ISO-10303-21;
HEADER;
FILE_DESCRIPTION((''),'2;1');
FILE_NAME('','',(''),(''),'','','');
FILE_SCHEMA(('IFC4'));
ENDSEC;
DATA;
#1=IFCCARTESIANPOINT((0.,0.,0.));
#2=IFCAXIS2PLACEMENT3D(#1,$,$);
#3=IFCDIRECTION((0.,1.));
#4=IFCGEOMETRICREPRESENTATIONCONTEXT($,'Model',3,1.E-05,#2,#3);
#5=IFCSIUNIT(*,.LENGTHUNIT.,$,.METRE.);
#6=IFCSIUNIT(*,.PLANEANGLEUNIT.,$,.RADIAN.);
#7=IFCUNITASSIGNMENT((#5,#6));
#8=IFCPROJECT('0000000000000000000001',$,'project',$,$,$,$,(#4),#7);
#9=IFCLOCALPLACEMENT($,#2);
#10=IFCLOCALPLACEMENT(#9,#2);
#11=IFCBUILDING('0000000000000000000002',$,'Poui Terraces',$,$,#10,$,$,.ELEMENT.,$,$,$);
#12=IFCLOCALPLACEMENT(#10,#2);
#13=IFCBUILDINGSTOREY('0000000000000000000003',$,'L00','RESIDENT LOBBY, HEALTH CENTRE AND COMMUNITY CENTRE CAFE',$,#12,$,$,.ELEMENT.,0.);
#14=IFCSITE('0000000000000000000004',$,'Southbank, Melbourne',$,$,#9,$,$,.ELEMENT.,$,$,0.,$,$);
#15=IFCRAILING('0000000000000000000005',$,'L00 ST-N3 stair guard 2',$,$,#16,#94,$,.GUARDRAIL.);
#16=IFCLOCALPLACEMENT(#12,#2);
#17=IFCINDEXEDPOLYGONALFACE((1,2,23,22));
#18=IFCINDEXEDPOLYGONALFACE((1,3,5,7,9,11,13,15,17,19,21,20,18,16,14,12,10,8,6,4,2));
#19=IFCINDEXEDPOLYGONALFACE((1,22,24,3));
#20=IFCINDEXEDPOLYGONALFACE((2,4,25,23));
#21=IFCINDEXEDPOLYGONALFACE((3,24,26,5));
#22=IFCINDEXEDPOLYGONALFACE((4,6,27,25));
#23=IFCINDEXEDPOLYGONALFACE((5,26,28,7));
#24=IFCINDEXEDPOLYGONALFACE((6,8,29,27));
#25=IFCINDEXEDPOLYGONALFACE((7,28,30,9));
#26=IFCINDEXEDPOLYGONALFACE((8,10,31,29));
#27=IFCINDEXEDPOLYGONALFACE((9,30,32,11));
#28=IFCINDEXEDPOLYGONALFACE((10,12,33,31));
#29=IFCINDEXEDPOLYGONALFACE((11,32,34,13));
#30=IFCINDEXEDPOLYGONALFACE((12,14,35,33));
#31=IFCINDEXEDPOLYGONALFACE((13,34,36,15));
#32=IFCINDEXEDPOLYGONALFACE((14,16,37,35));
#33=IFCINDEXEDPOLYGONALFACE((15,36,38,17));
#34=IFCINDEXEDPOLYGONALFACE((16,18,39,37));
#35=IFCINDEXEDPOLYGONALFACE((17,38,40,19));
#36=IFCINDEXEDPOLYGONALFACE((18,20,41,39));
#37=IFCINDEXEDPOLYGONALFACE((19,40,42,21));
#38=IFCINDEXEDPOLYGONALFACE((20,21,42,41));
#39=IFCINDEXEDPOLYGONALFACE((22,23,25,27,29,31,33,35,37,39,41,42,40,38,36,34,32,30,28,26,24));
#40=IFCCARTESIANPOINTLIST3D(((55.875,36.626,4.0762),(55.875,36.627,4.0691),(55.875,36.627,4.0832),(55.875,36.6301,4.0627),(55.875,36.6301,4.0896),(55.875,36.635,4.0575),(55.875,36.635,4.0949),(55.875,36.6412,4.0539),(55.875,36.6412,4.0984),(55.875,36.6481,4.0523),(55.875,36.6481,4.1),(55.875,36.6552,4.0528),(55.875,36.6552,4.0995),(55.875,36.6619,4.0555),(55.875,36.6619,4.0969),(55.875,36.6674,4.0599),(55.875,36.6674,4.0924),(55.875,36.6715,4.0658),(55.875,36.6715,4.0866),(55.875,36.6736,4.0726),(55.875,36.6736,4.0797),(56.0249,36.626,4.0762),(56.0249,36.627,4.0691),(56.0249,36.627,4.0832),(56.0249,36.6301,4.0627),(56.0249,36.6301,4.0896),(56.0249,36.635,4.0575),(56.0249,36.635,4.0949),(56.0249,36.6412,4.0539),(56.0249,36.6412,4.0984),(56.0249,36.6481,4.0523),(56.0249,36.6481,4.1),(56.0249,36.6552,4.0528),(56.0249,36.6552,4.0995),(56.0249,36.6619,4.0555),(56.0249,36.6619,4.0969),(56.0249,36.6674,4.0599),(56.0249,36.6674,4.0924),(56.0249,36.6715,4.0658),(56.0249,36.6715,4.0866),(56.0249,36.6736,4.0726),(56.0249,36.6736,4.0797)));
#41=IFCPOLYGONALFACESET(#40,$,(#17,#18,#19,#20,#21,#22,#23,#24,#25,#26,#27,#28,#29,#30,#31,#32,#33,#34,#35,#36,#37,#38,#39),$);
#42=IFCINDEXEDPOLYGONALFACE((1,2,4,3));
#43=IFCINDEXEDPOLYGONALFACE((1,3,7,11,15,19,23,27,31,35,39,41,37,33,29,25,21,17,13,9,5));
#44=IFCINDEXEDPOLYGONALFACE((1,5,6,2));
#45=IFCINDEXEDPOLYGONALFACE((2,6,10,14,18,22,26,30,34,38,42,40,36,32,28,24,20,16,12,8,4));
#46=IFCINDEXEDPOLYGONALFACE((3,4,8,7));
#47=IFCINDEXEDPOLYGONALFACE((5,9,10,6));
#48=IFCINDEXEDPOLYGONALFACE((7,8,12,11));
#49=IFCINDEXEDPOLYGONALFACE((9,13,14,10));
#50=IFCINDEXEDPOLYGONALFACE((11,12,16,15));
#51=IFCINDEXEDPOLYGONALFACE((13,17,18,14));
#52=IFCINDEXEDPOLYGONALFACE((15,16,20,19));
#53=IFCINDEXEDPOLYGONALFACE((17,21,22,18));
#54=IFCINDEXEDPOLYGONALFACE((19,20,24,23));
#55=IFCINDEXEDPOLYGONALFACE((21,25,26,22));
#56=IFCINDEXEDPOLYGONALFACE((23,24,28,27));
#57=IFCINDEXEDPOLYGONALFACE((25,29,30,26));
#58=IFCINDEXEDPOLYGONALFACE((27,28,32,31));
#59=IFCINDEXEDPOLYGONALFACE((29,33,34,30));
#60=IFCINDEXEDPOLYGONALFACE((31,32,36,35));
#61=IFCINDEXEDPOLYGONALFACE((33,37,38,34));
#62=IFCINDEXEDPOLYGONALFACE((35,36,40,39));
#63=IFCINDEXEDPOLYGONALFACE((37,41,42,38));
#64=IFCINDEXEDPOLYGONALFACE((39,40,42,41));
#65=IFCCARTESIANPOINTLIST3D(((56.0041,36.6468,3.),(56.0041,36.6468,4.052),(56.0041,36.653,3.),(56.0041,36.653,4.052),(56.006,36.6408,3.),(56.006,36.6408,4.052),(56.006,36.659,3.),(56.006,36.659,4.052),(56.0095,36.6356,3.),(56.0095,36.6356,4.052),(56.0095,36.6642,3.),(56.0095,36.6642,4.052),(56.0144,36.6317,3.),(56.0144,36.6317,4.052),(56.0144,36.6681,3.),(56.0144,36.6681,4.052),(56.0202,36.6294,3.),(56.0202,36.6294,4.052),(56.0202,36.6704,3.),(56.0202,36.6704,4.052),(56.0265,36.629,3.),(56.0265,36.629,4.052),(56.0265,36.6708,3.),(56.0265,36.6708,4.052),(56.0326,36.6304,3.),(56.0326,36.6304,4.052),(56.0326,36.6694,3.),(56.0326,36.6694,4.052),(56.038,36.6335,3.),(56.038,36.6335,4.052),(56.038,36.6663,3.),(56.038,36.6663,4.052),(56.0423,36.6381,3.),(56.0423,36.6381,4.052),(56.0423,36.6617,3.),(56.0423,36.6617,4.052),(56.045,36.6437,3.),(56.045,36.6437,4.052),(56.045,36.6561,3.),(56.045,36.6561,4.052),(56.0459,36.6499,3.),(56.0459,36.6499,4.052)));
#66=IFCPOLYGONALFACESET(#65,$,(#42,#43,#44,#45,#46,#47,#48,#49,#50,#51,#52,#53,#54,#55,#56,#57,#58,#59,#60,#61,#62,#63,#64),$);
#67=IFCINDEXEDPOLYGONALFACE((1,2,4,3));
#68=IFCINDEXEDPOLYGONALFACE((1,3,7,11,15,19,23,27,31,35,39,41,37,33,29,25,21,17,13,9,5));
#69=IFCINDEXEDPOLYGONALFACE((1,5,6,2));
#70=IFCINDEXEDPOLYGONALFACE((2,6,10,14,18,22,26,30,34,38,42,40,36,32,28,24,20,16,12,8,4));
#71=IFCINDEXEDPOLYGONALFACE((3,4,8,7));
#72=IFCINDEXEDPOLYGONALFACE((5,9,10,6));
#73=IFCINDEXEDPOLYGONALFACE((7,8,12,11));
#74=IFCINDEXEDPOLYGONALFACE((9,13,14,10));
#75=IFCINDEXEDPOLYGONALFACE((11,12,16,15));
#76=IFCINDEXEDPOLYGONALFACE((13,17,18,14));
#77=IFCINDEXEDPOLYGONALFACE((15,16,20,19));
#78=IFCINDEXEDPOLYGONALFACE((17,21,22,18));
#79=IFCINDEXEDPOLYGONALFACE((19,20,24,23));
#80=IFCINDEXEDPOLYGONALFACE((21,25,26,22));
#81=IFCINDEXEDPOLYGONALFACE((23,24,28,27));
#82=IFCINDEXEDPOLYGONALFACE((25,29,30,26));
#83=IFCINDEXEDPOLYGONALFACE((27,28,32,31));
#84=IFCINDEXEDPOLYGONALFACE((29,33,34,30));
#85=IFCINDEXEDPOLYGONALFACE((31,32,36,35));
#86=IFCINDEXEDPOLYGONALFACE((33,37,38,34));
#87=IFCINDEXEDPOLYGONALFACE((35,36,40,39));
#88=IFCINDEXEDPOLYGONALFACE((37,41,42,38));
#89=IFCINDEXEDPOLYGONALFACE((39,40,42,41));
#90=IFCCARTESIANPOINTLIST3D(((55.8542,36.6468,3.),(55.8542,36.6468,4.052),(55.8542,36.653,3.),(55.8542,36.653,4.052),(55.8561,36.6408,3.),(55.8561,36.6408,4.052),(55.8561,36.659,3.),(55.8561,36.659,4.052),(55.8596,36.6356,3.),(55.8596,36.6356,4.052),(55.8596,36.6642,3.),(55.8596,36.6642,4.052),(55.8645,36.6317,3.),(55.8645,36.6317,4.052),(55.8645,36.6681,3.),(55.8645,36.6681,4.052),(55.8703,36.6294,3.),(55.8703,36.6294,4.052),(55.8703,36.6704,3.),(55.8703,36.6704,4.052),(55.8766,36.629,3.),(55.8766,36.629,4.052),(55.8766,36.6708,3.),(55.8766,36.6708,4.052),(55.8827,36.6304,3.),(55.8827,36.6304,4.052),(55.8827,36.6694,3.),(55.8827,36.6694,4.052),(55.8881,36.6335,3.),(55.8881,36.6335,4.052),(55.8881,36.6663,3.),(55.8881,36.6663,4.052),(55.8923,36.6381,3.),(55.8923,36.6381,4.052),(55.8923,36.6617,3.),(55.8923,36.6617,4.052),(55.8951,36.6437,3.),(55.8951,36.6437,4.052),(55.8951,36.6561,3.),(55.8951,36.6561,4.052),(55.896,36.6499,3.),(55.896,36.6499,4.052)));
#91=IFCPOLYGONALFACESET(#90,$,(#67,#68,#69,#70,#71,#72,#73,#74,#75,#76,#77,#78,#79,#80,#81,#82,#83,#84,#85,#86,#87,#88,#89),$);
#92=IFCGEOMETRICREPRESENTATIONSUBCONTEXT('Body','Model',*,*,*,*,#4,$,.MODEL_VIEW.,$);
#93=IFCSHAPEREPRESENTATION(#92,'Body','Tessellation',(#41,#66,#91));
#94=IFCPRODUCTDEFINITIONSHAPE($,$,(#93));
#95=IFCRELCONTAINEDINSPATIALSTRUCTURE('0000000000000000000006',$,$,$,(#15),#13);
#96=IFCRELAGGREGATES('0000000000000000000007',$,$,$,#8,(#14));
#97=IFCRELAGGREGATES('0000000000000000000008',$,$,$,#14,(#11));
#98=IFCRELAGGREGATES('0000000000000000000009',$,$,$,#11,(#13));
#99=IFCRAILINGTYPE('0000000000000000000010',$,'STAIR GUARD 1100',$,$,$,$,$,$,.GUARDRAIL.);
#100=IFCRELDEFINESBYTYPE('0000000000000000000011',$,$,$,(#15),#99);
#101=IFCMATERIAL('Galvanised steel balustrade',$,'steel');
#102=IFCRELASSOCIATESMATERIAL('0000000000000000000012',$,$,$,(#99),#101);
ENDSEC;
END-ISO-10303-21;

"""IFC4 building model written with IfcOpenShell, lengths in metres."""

from ifc_helpers import new_model, si_unit, direction, frame, origin, origin_2d, place, context, subcontext, project, spatial, circle, extrude, material, type_object, element, save


model = new_model("IFC4")

# Units and contexts
model_context = context("Model", 3, precision=1e-05, world=origin(), true_north=direction((0.0, 1.0)))
body_context = subcontext(model_context, "Body", "Model", "MODEL_VIEW")
ifc_project = project(units=[si_unit("LENGTHUNIT", "METRE"), si_unit("PLANEANGLEUNIT", "RADIAN")], contexts=[model_context])

# Site, building, storey
site_placement = place(None, origin())
site = spatial("IfcSite", under=ifc_project, at=site_placement, Name="Southbank, Melbourne", CompositionType="ELEMENT", RefElevation=0.0)
building_placement = place(site_placement, origin())
building = spatial("IfcBuilding", under=site, at=building_placement, Name="Poui Terraces", CompositionType="ELEMENT")
storey_placement = place(building_placement, origin())
storey = spatial("IfcBuildingStorey", under=building, at=storey_placement, Name="L00", Description="RESIDENT LOBBY, HEALTH CENTRE AND COMMUNITY CENTRE CAFE", CompositionType="ELEMENT", Elevation=0.0)

# Railing
ifc_material_1 = material(Name="Galvanised steel balustrade", Category="steel")
railing_type_1 = type_object("IfcRailingType", Name="STAIR GUARD 1100", PredefinedType="GUARDRAIL", material=ifc_material_1)
railing_1_placement = place(storey_placement, frame((56.0249, 36.6499, 3.0)))
element("IfcRailing", 1, at=railing_1_placement, inside=storey, type_object=railing_type_1, Name="L00 ST-N3 stair guard 2", PredefinedType="GUARDRAIL", context=body_context, shape_type="SweptSolid", body=[
    extrude(circle(Radius=0.0239, at=origin_2d()), frame((0.0, 0.0, 1.0762), z_axis=(-1.0, 0.0, 0.0), x_axis=(0.0, -1.0, 0.0)), (0.0, 0.0, 1.0), 0.1499),
    extrude(circle(Radius=0.021, at=origin_2d()), origin(), (0.0, 0.0, 1.0), 1.052),
    extrude(circle(Radius=0.021, at=origin_2d()), frame((-0.1499, 0.0, 0.0)), (0.0, 0.0, 1.0), 1.052),
])

save(model, "model.ifc")
